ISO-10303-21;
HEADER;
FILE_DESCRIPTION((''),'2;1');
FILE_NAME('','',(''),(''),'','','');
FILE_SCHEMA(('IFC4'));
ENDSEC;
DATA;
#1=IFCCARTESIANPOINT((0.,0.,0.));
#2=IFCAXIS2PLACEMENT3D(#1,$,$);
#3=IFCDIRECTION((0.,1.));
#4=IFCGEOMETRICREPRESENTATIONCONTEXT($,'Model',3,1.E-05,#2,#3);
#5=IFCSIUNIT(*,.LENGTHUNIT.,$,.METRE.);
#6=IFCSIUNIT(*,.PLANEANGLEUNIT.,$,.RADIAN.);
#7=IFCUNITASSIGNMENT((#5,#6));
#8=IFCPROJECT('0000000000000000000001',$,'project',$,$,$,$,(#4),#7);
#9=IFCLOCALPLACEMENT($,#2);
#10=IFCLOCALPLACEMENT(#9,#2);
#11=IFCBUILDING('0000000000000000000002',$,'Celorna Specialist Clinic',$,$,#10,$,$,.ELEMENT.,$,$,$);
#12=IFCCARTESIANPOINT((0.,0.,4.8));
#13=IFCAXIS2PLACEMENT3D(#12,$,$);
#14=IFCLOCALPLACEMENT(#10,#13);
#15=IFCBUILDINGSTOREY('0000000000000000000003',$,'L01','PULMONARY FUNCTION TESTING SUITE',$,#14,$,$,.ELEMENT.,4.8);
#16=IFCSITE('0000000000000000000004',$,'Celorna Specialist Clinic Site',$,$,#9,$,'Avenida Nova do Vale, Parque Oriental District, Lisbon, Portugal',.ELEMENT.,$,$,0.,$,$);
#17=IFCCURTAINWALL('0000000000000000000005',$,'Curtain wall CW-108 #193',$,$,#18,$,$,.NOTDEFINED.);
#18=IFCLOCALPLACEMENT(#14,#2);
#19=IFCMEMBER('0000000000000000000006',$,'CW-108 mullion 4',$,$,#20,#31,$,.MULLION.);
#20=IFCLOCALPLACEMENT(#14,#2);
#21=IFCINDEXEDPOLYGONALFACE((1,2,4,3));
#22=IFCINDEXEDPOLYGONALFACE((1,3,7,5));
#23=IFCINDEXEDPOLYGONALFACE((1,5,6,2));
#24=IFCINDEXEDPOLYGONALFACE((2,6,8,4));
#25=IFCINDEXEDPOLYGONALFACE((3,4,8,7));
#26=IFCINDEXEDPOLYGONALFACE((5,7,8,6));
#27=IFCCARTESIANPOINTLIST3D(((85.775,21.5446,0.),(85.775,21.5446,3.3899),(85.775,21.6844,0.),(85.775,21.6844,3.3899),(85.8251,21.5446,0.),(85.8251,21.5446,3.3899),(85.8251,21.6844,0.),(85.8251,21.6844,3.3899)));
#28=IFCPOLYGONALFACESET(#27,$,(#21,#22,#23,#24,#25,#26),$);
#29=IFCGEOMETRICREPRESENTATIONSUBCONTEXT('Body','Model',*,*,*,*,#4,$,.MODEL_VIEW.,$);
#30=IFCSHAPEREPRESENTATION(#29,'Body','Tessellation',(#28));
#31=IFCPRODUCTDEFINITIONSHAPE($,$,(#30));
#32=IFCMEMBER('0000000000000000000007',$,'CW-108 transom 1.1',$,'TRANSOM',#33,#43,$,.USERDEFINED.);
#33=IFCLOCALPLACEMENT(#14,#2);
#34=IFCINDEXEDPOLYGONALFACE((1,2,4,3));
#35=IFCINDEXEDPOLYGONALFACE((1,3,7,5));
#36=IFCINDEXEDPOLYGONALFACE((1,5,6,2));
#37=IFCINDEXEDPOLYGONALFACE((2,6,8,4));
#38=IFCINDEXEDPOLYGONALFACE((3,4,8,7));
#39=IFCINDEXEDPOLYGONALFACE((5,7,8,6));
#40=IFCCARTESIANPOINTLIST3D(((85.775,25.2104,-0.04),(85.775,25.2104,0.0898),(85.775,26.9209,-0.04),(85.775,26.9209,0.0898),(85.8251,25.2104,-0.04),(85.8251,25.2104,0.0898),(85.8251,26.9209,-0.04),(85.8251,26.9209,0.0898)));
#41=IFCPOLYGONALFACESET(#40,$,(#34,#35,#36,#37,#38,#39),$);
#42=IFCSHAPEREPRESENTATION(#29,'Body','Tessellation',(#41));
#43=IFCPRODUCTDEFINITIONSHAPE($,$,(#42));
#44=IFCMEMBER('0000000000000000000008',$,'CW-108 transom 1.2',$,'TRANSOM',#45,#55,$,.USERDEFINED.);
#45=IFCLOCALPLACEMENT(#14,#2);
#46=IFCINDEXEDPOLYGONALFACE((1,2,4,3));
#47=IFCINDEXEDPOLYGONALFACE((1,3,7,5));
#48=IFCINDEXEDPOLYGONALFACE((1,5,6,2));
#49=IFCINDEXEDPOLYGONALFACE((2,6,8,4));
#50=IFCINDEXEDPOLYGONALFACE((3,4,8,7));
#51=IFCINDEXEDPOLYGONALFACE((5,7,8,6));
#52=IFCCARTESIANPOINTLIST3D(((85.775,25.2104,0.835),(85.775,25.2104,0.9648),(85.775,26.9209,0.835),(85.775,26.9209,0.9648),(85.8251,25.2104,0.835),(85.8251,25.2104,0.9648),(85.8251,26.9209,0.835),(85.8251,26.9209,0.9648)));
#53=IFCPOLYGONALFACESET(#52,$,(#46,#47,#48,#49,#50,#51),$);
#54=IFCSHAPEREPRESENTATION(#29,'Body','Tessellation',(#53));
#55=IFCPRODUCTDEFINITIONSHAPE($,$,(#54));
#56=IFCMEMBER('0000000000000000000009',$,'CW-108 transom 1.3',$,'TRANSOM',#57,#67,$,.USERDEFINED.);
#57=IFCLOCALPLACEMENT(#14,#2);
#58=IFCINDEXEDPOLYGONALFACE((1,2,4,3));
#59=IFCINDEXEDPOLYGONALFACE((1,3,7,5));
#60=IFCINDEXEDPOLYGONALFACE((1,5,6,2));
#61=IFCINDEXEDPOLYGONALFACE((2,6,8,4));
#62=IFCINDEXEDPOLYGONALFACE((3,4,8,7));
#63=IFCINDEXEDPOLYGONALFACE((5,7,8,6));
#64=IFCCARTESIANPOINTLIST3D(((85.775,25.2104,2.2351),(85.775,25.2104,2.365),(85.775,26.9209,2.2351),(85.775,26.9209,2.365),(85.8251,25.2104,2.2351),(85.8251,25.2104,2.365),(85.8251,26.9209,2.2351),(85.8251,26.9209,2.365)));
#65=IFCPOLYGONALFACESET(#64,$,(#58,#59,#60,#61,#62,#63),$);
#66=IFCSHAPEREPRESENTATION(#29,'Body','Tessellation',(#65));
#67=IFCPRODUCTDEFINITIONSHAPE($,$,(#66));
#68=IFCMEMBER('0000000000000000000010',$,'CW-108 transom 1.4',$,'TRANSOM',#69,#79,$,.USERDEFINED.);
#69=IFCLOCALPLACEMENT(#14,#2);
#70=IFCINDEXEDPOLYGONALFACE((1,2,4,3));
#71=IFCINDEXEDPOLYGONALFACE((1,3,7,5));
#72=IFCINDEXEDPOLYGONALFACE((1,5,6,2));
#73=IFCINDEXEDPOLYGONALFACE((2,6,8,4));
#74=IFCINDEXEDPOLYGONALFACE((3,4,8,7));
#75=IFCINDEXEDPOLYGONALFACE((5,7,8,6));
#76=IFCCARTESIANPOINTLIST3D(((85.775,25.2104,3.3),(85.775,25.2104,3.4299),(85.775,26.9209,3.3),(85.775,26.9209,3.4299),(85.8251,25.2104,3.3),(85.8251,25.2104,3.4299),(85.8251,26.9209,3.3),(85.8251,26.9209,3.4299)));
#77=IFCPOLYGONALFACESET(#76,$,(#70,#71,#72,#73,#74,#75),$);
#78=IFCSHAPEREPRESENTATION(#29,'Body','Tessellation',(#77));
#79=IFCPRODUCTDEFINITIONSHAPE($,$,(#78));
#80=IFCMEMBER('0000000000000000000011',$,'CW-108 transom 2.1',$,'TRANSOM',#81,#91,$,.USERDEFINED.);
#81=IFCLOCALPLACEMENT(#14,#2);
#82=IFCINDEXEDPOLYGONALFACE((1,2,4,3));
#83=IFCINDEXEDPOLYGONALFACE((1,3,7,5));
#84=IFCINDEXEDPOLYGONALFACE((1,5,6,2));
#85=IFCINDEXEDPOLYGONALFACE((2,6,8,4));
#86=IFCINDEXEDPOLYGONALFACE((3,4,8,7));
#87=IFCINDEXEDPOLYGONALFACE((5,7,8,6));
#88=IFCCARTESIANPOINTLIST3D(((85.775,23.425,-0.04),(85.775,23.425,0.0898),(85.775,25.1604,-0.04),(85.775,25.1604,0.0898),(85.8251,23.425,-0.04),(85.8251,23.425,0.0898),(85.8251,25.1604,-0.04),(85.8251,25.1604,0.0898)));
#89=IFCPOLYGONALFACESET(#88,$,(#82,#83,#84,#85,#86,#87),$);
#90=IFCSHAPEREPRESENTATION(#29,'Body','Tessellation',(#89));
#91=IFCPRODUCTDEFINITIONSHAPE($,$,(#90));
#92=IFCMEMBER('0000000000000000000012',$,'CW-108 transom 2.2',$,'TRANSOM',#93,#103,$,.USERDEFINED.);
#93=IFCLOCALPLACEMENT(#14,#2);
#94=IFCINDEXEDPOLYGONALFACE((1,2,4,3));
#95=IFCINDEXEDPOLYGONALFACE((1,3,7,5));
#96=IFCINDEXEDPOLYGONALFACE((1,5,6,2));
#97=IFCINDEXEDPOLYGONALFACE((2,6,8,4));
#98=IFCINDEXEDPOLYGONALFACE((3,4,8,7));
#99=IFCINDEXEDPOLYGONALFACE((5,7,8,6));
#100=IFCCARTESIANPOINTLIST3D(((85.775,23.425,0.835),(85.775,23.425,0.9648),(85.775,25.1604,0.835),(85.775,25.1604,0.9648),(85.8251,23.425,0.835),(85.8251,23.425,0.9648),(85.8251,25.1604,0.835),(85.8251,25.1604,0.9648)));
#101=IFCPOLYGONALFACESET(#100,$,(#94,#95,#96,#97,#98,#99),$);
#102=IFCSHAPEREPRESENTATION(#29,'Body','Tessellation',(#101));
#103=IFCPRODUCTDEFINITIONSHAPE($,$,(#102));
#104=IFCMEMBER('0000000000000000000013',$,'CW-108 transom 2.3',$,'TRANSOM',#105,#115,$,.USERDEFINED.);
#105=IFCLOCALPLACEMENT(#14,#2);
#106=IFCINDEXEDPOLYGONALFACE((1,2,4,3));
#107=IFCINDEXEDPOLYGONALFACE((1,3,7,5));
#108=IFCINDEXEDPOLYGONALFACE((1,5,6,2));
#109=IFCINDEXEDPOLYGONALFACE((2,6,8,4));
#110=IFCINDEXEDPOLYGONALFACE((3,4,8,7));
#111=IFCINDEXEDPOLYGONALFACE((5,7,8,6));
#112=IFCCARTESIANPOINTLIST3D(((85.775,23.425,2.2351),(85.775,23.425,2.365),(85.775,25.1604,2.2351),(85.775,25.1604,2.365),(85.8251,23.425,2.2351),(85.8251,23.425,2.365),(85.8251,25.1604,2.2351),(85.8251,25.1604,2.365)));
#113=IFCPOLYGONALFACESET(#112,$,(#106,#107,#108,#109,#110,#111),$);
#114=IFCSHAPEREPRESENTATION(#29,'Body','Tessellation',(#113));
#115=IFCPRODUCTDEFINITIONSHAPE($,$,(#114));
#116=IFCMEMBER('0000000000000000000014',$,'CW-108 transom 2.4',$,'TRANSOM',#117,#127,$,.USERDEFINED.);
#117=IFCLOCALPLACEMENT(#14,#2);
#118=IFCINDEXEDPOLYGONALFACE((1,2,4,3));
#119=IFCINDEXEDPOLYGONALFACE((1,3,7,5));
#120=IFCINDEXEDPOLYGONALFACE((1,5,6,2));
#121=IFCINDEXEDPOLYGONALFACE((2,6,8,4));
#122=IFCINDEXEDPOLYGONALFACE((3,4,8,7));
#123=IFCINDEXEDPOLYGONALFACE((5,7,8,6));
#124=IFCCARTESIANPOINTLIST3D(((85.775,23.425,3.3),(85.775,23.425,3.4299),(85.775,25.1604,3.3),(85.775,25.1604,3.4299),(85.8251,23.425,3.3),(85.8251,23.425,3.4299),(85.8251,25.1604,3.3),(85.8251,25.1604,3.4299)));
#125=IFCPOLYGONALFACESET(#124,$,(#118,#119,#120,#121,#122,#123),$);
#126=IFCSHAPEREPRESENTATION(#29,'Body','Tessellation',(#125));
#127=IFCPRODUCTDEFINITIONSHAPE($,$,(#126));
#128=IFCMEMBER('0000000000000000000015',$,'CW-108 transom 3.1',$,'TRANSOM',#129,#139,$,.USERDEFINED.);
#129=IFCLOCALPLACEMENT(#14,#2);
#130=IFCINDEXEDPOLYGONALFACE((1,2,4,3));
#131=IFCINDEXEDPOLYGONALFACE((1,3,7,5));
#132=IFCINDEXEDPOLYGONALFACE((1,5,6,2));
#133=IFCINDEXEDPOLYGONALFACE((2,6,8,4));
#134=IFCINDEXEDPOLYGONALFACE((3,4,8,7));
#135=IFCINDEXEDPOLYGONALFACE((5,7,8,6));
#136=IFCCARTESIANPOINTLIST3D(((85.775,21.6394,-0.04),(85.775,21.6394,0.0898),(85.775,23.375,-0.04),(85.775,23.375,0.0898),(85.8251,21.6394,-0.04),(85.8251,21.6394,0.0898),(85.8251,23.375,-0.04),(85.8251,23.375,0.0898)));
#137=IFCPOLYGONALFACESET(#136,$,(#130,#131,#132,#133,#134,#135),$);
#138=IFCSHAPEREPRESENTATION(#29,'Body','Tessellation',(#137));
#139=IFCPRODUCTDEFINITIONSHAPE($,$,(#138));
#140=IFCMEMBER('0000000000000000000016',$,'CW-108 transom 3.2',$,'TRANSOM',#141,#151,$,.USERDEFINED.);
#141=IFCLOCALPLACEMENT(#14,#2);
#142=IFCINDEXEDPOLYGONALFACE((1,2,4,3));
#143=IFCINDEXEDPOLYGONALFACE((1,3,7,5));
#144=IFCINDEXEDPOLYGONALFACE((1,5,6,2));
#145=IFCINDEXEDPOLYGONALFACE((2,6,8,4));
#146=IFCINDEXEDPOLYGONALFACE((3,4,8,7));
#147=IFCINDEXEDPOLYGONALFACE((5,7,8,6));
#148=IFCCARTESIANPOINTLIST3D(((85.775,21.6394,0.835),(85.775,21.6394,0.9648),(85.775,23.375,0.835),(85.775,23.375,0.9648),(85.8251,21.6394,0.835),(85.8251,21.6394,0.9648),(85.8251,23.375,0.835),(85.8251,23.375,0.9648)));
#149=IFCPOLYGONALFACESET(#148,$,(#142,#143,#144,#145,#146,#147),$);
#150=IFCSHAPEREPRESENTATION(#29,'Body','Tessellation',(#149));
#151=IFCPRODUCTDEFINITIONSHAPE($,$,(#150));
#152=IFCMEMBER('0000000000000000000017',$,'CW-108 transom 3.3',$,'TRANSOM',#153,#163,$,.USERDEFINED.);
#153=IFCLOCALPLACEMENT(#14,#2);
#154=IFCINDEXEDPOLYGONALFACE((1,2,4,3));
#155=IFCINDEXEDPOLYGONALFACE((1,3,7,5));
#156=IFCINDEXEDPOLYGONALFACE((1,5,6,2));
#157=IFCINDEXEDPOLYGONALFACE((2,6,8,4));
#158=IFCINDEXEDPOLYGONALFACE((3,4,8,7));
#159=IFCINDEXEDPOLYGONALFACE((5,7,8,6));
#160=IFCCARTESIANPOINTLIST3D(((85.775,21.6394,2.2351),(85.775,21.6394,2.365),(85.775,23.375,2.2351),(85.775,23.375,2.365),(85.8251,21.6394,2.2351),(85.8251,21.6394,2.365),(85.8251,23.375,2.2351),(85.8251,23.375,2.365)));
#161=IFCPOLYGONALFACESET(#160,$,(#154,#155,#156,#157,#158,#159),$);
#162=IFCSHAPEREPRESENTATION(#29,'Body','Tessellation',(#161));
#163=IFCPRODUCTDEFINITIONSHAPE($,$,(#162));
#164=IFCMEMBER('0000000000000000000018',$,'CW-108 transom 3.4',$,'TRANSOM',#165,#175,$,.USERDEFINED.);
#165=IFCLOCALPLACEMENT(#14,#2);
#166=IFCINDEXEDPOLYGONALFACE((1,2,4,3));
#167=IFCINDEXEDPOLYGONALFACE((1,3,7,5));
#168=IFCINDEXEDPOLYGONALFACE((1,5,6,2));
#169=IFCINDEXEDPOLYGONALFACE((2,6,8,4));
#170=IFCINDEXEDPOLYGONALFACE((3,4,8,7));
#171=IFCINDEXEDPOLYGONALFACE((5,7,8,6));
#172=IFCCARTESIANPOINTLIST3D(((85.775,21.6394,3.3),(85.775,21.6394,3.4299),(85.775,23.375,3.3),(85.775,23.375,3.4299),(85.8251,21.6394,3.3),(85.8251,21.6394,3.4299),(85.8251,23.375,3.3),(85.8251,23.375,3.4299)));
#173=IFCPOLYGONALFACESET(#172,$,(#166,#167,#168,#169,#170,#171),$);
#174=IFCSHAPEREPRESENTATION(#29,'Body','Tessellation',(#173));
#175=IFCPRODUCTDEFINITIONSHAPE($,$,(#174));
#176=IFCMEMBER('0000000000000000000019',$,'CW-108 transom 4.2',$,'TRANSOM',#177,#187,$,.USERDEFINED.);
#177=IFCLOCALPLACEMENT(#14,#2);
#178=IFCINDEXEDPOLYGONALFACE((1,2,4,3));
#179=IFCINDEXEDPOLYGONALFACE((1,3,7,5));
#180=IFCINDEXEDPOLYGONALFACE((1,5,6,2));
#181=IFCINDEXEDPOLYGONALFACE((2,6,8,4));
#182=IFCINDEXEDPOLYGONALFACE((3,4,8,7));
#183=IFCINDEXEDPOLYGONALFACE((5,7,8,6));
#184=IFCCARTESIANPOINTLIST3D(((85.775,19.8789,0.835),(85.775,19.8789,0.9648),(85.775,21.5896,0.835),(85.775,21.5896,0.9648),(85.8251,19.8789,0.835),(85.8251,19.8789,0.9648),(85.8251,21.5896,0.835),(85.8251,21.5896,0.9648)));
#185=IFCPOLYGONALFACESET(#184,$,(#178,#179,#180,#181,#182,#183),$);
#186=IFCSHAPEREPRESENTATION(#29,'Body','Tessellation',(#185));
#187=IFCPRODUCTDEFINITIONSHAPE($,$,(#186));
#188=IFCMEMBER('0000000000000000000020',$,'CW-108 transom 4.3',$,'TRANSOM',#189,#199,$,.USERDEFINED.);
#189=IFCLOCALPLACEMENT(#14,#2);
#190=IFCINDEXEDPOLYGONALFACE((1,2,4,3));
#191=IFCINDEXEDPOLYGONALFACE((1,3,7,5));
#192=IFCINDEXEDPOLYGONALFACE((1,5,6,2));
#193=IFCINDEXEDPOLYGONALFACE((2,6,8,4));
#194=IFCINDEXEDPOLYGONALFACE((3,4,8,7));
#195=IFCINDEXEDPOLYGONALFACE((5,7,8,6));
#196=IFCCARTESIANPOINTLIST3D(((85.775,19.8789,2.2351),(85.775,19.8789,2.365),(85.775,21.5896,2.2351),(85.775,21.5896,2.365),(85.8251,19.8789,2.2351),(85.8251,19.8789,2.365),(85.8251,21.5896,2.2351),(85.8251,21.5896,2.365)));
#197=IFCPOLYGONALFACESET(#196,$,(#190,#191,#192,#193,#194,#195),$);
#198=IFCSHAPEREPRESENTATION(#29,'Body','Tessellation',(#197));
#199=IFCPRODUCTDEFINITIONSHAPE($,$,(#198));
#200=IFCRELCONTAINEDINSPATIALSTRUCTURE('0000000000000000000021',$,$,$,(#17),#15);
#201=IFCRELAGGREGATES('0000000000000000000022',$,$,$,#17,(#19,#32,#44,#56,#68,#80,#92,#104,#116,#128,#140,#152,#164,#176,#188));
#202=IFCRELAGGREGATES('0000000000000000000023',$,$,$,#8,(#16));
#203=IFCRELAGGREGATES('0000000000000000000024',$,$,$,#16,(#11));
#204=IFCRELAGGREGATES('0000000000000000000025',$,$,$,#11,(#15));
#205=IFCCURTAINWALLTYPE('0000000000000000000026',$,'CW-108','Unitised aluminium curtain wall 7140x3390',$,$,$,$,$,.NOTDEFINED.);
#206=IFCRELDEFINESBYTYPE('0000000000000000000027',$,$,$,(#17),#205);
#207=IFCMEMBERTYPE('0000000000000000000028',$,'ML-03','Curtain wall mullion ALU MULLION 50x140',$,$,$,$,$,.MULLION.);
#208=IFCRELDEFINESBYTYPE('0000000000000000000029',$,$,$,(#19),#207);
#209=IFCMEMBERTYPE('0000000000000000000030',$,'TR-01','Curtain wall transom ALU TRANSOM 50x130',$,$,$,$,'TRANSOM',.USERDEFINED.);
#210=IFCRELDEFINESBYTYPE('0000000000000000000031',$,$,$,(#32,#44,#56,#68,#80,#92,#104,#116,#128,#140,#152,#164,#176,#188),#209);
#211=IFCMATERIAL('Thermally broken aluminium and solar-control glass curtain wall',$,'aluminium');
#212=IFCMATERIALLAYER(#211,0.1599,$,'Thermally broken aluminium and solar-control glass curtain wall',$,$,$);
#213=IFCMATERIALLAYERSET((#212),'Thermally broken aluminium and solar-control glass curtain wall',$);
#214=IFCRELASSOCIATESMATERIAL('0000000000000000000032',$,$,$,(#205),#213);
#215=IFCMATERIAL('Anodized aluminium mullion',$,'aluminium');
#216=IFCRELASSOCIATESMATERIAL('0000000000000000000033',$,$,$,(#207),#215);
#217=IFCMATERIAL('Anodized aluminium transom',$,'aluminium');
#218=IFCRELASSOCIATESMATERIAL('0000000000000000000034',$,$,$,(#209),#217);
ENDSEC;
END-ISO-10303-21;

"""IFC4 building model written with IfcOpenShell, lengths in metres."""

from ifc_helpers import new_model, si_unit, direction, frame, origin, origin_2d, place, context, subcontext, project, spatial, rectangle, extrude, material, layer, layer_set, material_profile, profile_set, type_object, element, aggregate, save


model = new_model("IFC4")

# Units and contexts
model_context = context("Model", 3, precision=1e-05, world=origin(), true_north=direction((0.0, 1.0)))
body_context = subcontext(model_context, "Body", "Model", "MODEL_VIEW")
ifc_project = project(units=[si_unit("LENGTHUNIT", "METRE"), si_unit("PLANEANGLEUNIT", "RADIAN")], contexts=[model_context])

# Site, building, storey
site_placement = place(None, origin())
site = spatial("IfcSite", under=ifc_project, at=site_placement, Name="Celorna Specialist Clinic Site", LongName="Avenida Nova do Vale, Parque Oriental District, Lisbon, Portugal", CompositionType="ELEMENT", RefElevation=0.0)
building_placement = place(site_placement, origin())
building = spatial("IfcBuilding", under=site, at=building_placement, Name="Celorna Specialist Clinic", CompositionType="ELEMENT")
storey_placement = place(building_placement, frame((0.0, 0.0, 4.8)))
storey = spatial("IfcBuildingStorey", under=building, at=storey_placement, Name="L01", Description="PULMONARY FUNCTION TESTING SUITE", CompositionType="ELEMENT", Elevation=4.8)

# Shared definitions
ifc_material_1 = material(Name="Thermally broken aluminium and solar-control glass curtain wall", Category="aluminium")
ifc_material_2 = material(Name="Anodized aluminium mullion", Category="aluminium")

# Curtain wall, members
ifc_layer_1 = layer(ifc_material_1, 0.1599, Name="Thermally broken aluminium and solar-control glass curtain wall")
ifc_layer_set_1 = layer_set([ifc_layer_1], Name="Thermally broken aluminium and solar-control glass curtain wall")
curtain_wall_type_1 = type_object("IfcCurtainWallType", Name="CW-108", Description="Unitised aluminium curtain wall 7140x3390", PredefinedType="NOTDEFINED", material=ifc_layer_set_1)
curtain_wall_1_placement = place(storey_placement, origin())
curtain_wall_1 = element("IfcCurtainWall", 1, at=curtain_wall_1_placement, inside=storey, type_object=curtain_wall_type_1, Name="Curtain wall CW-108 #193", PredefinedType="NOTDEFINED")
ifc_material_profile_1 = material_profile(ifc_material_2, rectangle(XDim=0.05, YDim=0.1399, at=origin_2d()), Name="ALU MULLION 50x140")
ifc_profile_set_1 = profile_set([ifc_material_profile_1], Name="Anodized aluminium mullion")
member_type_1 = type_object("IfcMemberType", Name="ML-03", Description="Curtain wall mullion ALU MULLION 50x140", PredefinedType="MULLION", material=ifc_profile_set_1)
member_1_placement = place(storey_placement, frame((85.8, 21.6145, 0.0), z_axis=(0.0, 0.0, 1.0), x_axis=(1.0, 0.0, 0.0)))
member_1 = element("IfcMember", 2, at=member_1_placement, type_object=member_type_1, Name="CW-108 mullion 4", PredefinedType="MULLION", context=body_context, shape_type="SweptSolid", body=[
    extrude(rectangle(XDim=0.05, YDim=0.1399, at=origin_2d()), origin(), (0.0, 0.0, 1.0), 3.3899),
])
ifc_material_3 = material(Name="Anodized aluminium transom", Category="aluminium")
ifc_material_profile_2 = material_profile(ifc_material_3, rectangle(XDim=0.05, YDim=0.1299, at=origin_2d()), Name="ALU TRANSOM 50x130")
ifc_profile_set_2 = profile_set([ifc_material_profile_2], Name="Anodized aluminium transom")
member_type_2 = type_object("IfcMemberType", Name="TR-01", Description="Curtain wall transom ALU TRANSOM 50x130", ElementType="TRANSOM", PredefinedType="USERDEFINED", material=ifc_profile_set_2)
member_2_placement = place(storey_placement, frame((85.8, 26.9209, 0.0249), z_axis=(0.0, -1.0, 0.0), x_axis=(1.0, 0.0, 0.0)))
member_2 = element("IfcMember", 3, at=member_2_placement, type_object=member_type_2, Name="CW-108 transom 1.1", ObjectType="TRANSOM", PredefinedType="USERDEFINED", context=body_context, shape_type="SweptSolid", body=[
    extrude(rectangle(XDim=0.05, YDim=0.1299, at=origin_2d()), origin(), (0.0, 0.0, 1.0), 1.7104),
])
member_3_placement = place(storey_placement, frame((85.8, 26.9209, 0.8999), z_axis=(0.0, -1.0, 0.0), x_axis=(1.0, 0.0, 0.0)))
member_3 = element("IfcMember", 4, at=member_3_placement, type_object=member_type_2, Name="CW-108 transom 1.2", ObjectType="TRANSOM", PredefinedType="USERDEFINED", context=body_context, shape_type="SweptSolid", body=[
    extrude(rectangle(XDim=0.05, YDim=0.1299, at=origin_2d()), origin(), (0.0, 0.0, 1.0), 1.7104),
])
member_4_placement = place(storey_placement, frame((85.8, 26.9209, 2.3), z_axis=(0.0, -1.0, 0.0), x_axis=(1.0, 0.0, 0.0)))
member_4 = element("IfcMember", 5, at=member_4_placement, type_object=member_type_2, Name="CW-108 transom 1.3", ObjectType="TRANSOM", PredefinedType="USERDEFINED", context=body_context, shape_type="SweptSolid", body=[
    extrude(rectangle(XDim=0.05, YDim=0.1299, at=origin_2d()), origin(), (0.0, 0.0, 1.0), 1.7104),
])
member_5_placement = place(storey_placement, frame((85.8, 26.9209, 3.365), z_axis=(0.0, -1.0, 0.0), x_axis=(1.0, 0.0, 0.0)))
member_5 = element("IfcMember", 6, at=member_5_placement, type_object=member_type_2, Name="CW-108 transom 1.4", ObjectType="TRANSOM", PredefinedType="USERDEFINED", context=body_context, shape_type="SweptSolid", body=[
    extrude(rectangle(XDim=0.05, YDim=0.1299, at=origin_2d()), origin(), (0.0, 0.0, 1.0), 1.7104),
])
member_6_placement = place(storey_placement, frame((85.8, 25.1604, 0.0249), z_axis=(0.0, -1.0, 0.0), x_axis=(1.0, 0.0, 0.0)))
member_6 = element("IfcMember", 7, at=member_6_placement, type_object=member_type_2, Name="CW-108 transom 2.1", ObjectType="TRANSOM", PredefinedType="USERDEFINED", context=body_context, shape_type="SweptSolid", body=[
    extrude(rectangle(XDim=0.05, YDim=0.1299, at=origin_2d()), origin(), (0.0, 0.0, 1.0), 1.7354),
])
member_7_placement = place(storey_placement, frame((85.8, 25.1604, 0.8999), z_axis=(0.0, -1.0, 0.0), x_axis=(1.0, 0.0, 0.0)))
member_7 = element("IfcMember", 8, at=member_7_placement, type_object=member_type_2, Name="CW-108 transom 2.2", ObjectType="TRANSOM", PredefinedType="USERDEFINED", context=body_context, shape_type="SweptSolid", body=[
    extrude(rectangle(XDim=0.05, YDim=0.1299, at=origin_2d()), origin(), (0.0, 0.0, 1.0), 1.7354),
])
member_8_placement = place(storey_placement, frame((85.8, 25.1604, 2.3), z_axis=(0.0, -1.0, 0.0), x_axis=(1.0, 0.0, 0.0)))
member_8 = element("IfcMember", 9, at=member_8_placement, type_object=member_type_2, Name="CW-108 transom 2.3", ObjectType="TRANSOM", PredefinedType="USERDEFINED", context=body_context, shape_type="SweptSolid", body=[
    extrude(rectangle(XDim=0.05, YDim=0.1299, at=origin_2d()), origin(), (0.0, 0.0, 1.0), 1.7354),
])
member_9_placement = place(storey_placement, frame((85.8, 25.1604, 3.365), z_axis=(0.0, -1.0, 0.0), x_axis=(1.0, 0.0, 0.0)))
member_9 = element("IfcMember", 10, at=member_9_placement, type_object=member_type_2, Name="CW-108 transom 2.4", ObjectType="TRANSOM", PredefinedType="USERDEFINED", context=body_context, shape_type="SweptSolid", body=[
    extrude(rectangle(XDim=0.05, YDim=0.1299, at=origin_2d()), origin(), (0.0, 0.0, 1.0), 1.7354),
])
member_10_placement = place(storey_placement, frame((85.8, 23.375, 0.0249), z_axis=(0.0, -1.0, 0.0), x_axis=(1.0, 0.0, 0.0)))
member_10 = element("IfcMember", 11, at=member_10_placement, type_object=member_type_2, Name="CW-108 transom 3.1", ObjectType="TRANSOM", PredefinedType="USERDEFINED", context=body_context, shape_type="SweptSolid", body=[
    extrude(rectangle(XDim=0.05, YDim=0.1299, at=origin_2d()), origin(), (0.0, 0.0, 1.0), 1.7356),
])
member_11_placement = place(storey_placement, frame((85.8, 23.375, 0.8999), z_axis=(0.0, -1.0, 0.0), x_axis=(1.0, 0.0, 0.0)))
member_11 = element("IfcMember", 12, at=member_11_placement, type_object=member_type_2, Name="CW-108 transom 3.2", ObjectType="TRANSOM", PredefinedType="USERDEFINED", context=body_context, shape_type="SweptSolid", body=[
    extrude(rectangle(XDim=0.05, YDim=0.1299, at=origin_2d()), origin(), (0.0, 0.0, 1.0), 1.7356),
])
member_12_placement = place(storey_placement, frame((85.8, 23.375, 2.3), z_axis=(0.0, -1.0, 0.0), x_axis=(1.0, 0.0, 0.0)))
member_12 = element("IfcMember", 13, at=member_12_placement, type_object=member_type_2, Name="CW-108 transom 3.3", ObjectType="TRANSOM", PredefinedType="USERDEFINED", context=body_context, shape_type="SweptSolid", body=[
    extrude(rectangle(XDim=0.05, YDim=0.1299, at=origin_2d()), origin(), (0.0, 0.0, 1.0), 1.7356),
])
member_13_placement = place(storey_placement, frame((85.8, 23.375, 3.365), z_axis=(0.0, -1.0, 0.0), x_axis=(1.0, 0.0, 0.0)))
member_13 = element("IfcMember", 14, at=member_13_placement, type_object=member_type_2, Name="CW-108 transom 3.4", ObjectType="TRANSOM", PredefinedType="USERDEFINED", context=body_context, shape_type="SweptSolid", body=[
    extrude(rectangle(XDim=0.05, YDim=0.1299, at=origin_2d()), origin(), (0.0, 0.0, 1.0), 1.7356),
])
member_14_placement = place(storey_placement, frame((85.8, 21.5896, 0.8999), z_axis=(0.0, -1.0, 0.0), x_axis=(1.0, 0.0, 0.0)))
member_14 = element("IfcMember", 15, at=member_14_placement, type_object=member_type_2, Name="CW-108 transom 4.2", ObjectType="TRANSOM", PredefinedType="USERDEFINED", context=body_context, shape_type="SweptSolid", body=[
    extrude(rectangle(XDim=0.05, YDim=0.1299, at=origin_2d()), origin(), (0.0, 0.0, 1.0), 1.7107),
])
member_15_placement = place(storey_placement, frame((85.8, 21.5896, 2.3), z_axis=(0.0, -1.0, 0.0), x_axis=(1.0, 0.0, 0.0)))
member_15 = element("IfcMember", 16, at=member_15_placement, type_object=member_type_2, Name="CW-108 transom 4.3", ObjectType="TRANSOM", PredefinedType="USERDEFINED", context=body_context, shape_type="SweptSolid", body=[
    extrude(rectangle(XDim=0.05, YDim=0.1299, at=origin_2d()), origin(), (0.0, 0.0, 1.0), 1.7107),
])

aggregate(curtain_wall_1, [member_1, member_2, member_3, member_4, member_5, member_6, member_7, member_8, member_9, member_10, member_11, member_12, member_13, member_14, member_15])

save(model, "model.ifc")
